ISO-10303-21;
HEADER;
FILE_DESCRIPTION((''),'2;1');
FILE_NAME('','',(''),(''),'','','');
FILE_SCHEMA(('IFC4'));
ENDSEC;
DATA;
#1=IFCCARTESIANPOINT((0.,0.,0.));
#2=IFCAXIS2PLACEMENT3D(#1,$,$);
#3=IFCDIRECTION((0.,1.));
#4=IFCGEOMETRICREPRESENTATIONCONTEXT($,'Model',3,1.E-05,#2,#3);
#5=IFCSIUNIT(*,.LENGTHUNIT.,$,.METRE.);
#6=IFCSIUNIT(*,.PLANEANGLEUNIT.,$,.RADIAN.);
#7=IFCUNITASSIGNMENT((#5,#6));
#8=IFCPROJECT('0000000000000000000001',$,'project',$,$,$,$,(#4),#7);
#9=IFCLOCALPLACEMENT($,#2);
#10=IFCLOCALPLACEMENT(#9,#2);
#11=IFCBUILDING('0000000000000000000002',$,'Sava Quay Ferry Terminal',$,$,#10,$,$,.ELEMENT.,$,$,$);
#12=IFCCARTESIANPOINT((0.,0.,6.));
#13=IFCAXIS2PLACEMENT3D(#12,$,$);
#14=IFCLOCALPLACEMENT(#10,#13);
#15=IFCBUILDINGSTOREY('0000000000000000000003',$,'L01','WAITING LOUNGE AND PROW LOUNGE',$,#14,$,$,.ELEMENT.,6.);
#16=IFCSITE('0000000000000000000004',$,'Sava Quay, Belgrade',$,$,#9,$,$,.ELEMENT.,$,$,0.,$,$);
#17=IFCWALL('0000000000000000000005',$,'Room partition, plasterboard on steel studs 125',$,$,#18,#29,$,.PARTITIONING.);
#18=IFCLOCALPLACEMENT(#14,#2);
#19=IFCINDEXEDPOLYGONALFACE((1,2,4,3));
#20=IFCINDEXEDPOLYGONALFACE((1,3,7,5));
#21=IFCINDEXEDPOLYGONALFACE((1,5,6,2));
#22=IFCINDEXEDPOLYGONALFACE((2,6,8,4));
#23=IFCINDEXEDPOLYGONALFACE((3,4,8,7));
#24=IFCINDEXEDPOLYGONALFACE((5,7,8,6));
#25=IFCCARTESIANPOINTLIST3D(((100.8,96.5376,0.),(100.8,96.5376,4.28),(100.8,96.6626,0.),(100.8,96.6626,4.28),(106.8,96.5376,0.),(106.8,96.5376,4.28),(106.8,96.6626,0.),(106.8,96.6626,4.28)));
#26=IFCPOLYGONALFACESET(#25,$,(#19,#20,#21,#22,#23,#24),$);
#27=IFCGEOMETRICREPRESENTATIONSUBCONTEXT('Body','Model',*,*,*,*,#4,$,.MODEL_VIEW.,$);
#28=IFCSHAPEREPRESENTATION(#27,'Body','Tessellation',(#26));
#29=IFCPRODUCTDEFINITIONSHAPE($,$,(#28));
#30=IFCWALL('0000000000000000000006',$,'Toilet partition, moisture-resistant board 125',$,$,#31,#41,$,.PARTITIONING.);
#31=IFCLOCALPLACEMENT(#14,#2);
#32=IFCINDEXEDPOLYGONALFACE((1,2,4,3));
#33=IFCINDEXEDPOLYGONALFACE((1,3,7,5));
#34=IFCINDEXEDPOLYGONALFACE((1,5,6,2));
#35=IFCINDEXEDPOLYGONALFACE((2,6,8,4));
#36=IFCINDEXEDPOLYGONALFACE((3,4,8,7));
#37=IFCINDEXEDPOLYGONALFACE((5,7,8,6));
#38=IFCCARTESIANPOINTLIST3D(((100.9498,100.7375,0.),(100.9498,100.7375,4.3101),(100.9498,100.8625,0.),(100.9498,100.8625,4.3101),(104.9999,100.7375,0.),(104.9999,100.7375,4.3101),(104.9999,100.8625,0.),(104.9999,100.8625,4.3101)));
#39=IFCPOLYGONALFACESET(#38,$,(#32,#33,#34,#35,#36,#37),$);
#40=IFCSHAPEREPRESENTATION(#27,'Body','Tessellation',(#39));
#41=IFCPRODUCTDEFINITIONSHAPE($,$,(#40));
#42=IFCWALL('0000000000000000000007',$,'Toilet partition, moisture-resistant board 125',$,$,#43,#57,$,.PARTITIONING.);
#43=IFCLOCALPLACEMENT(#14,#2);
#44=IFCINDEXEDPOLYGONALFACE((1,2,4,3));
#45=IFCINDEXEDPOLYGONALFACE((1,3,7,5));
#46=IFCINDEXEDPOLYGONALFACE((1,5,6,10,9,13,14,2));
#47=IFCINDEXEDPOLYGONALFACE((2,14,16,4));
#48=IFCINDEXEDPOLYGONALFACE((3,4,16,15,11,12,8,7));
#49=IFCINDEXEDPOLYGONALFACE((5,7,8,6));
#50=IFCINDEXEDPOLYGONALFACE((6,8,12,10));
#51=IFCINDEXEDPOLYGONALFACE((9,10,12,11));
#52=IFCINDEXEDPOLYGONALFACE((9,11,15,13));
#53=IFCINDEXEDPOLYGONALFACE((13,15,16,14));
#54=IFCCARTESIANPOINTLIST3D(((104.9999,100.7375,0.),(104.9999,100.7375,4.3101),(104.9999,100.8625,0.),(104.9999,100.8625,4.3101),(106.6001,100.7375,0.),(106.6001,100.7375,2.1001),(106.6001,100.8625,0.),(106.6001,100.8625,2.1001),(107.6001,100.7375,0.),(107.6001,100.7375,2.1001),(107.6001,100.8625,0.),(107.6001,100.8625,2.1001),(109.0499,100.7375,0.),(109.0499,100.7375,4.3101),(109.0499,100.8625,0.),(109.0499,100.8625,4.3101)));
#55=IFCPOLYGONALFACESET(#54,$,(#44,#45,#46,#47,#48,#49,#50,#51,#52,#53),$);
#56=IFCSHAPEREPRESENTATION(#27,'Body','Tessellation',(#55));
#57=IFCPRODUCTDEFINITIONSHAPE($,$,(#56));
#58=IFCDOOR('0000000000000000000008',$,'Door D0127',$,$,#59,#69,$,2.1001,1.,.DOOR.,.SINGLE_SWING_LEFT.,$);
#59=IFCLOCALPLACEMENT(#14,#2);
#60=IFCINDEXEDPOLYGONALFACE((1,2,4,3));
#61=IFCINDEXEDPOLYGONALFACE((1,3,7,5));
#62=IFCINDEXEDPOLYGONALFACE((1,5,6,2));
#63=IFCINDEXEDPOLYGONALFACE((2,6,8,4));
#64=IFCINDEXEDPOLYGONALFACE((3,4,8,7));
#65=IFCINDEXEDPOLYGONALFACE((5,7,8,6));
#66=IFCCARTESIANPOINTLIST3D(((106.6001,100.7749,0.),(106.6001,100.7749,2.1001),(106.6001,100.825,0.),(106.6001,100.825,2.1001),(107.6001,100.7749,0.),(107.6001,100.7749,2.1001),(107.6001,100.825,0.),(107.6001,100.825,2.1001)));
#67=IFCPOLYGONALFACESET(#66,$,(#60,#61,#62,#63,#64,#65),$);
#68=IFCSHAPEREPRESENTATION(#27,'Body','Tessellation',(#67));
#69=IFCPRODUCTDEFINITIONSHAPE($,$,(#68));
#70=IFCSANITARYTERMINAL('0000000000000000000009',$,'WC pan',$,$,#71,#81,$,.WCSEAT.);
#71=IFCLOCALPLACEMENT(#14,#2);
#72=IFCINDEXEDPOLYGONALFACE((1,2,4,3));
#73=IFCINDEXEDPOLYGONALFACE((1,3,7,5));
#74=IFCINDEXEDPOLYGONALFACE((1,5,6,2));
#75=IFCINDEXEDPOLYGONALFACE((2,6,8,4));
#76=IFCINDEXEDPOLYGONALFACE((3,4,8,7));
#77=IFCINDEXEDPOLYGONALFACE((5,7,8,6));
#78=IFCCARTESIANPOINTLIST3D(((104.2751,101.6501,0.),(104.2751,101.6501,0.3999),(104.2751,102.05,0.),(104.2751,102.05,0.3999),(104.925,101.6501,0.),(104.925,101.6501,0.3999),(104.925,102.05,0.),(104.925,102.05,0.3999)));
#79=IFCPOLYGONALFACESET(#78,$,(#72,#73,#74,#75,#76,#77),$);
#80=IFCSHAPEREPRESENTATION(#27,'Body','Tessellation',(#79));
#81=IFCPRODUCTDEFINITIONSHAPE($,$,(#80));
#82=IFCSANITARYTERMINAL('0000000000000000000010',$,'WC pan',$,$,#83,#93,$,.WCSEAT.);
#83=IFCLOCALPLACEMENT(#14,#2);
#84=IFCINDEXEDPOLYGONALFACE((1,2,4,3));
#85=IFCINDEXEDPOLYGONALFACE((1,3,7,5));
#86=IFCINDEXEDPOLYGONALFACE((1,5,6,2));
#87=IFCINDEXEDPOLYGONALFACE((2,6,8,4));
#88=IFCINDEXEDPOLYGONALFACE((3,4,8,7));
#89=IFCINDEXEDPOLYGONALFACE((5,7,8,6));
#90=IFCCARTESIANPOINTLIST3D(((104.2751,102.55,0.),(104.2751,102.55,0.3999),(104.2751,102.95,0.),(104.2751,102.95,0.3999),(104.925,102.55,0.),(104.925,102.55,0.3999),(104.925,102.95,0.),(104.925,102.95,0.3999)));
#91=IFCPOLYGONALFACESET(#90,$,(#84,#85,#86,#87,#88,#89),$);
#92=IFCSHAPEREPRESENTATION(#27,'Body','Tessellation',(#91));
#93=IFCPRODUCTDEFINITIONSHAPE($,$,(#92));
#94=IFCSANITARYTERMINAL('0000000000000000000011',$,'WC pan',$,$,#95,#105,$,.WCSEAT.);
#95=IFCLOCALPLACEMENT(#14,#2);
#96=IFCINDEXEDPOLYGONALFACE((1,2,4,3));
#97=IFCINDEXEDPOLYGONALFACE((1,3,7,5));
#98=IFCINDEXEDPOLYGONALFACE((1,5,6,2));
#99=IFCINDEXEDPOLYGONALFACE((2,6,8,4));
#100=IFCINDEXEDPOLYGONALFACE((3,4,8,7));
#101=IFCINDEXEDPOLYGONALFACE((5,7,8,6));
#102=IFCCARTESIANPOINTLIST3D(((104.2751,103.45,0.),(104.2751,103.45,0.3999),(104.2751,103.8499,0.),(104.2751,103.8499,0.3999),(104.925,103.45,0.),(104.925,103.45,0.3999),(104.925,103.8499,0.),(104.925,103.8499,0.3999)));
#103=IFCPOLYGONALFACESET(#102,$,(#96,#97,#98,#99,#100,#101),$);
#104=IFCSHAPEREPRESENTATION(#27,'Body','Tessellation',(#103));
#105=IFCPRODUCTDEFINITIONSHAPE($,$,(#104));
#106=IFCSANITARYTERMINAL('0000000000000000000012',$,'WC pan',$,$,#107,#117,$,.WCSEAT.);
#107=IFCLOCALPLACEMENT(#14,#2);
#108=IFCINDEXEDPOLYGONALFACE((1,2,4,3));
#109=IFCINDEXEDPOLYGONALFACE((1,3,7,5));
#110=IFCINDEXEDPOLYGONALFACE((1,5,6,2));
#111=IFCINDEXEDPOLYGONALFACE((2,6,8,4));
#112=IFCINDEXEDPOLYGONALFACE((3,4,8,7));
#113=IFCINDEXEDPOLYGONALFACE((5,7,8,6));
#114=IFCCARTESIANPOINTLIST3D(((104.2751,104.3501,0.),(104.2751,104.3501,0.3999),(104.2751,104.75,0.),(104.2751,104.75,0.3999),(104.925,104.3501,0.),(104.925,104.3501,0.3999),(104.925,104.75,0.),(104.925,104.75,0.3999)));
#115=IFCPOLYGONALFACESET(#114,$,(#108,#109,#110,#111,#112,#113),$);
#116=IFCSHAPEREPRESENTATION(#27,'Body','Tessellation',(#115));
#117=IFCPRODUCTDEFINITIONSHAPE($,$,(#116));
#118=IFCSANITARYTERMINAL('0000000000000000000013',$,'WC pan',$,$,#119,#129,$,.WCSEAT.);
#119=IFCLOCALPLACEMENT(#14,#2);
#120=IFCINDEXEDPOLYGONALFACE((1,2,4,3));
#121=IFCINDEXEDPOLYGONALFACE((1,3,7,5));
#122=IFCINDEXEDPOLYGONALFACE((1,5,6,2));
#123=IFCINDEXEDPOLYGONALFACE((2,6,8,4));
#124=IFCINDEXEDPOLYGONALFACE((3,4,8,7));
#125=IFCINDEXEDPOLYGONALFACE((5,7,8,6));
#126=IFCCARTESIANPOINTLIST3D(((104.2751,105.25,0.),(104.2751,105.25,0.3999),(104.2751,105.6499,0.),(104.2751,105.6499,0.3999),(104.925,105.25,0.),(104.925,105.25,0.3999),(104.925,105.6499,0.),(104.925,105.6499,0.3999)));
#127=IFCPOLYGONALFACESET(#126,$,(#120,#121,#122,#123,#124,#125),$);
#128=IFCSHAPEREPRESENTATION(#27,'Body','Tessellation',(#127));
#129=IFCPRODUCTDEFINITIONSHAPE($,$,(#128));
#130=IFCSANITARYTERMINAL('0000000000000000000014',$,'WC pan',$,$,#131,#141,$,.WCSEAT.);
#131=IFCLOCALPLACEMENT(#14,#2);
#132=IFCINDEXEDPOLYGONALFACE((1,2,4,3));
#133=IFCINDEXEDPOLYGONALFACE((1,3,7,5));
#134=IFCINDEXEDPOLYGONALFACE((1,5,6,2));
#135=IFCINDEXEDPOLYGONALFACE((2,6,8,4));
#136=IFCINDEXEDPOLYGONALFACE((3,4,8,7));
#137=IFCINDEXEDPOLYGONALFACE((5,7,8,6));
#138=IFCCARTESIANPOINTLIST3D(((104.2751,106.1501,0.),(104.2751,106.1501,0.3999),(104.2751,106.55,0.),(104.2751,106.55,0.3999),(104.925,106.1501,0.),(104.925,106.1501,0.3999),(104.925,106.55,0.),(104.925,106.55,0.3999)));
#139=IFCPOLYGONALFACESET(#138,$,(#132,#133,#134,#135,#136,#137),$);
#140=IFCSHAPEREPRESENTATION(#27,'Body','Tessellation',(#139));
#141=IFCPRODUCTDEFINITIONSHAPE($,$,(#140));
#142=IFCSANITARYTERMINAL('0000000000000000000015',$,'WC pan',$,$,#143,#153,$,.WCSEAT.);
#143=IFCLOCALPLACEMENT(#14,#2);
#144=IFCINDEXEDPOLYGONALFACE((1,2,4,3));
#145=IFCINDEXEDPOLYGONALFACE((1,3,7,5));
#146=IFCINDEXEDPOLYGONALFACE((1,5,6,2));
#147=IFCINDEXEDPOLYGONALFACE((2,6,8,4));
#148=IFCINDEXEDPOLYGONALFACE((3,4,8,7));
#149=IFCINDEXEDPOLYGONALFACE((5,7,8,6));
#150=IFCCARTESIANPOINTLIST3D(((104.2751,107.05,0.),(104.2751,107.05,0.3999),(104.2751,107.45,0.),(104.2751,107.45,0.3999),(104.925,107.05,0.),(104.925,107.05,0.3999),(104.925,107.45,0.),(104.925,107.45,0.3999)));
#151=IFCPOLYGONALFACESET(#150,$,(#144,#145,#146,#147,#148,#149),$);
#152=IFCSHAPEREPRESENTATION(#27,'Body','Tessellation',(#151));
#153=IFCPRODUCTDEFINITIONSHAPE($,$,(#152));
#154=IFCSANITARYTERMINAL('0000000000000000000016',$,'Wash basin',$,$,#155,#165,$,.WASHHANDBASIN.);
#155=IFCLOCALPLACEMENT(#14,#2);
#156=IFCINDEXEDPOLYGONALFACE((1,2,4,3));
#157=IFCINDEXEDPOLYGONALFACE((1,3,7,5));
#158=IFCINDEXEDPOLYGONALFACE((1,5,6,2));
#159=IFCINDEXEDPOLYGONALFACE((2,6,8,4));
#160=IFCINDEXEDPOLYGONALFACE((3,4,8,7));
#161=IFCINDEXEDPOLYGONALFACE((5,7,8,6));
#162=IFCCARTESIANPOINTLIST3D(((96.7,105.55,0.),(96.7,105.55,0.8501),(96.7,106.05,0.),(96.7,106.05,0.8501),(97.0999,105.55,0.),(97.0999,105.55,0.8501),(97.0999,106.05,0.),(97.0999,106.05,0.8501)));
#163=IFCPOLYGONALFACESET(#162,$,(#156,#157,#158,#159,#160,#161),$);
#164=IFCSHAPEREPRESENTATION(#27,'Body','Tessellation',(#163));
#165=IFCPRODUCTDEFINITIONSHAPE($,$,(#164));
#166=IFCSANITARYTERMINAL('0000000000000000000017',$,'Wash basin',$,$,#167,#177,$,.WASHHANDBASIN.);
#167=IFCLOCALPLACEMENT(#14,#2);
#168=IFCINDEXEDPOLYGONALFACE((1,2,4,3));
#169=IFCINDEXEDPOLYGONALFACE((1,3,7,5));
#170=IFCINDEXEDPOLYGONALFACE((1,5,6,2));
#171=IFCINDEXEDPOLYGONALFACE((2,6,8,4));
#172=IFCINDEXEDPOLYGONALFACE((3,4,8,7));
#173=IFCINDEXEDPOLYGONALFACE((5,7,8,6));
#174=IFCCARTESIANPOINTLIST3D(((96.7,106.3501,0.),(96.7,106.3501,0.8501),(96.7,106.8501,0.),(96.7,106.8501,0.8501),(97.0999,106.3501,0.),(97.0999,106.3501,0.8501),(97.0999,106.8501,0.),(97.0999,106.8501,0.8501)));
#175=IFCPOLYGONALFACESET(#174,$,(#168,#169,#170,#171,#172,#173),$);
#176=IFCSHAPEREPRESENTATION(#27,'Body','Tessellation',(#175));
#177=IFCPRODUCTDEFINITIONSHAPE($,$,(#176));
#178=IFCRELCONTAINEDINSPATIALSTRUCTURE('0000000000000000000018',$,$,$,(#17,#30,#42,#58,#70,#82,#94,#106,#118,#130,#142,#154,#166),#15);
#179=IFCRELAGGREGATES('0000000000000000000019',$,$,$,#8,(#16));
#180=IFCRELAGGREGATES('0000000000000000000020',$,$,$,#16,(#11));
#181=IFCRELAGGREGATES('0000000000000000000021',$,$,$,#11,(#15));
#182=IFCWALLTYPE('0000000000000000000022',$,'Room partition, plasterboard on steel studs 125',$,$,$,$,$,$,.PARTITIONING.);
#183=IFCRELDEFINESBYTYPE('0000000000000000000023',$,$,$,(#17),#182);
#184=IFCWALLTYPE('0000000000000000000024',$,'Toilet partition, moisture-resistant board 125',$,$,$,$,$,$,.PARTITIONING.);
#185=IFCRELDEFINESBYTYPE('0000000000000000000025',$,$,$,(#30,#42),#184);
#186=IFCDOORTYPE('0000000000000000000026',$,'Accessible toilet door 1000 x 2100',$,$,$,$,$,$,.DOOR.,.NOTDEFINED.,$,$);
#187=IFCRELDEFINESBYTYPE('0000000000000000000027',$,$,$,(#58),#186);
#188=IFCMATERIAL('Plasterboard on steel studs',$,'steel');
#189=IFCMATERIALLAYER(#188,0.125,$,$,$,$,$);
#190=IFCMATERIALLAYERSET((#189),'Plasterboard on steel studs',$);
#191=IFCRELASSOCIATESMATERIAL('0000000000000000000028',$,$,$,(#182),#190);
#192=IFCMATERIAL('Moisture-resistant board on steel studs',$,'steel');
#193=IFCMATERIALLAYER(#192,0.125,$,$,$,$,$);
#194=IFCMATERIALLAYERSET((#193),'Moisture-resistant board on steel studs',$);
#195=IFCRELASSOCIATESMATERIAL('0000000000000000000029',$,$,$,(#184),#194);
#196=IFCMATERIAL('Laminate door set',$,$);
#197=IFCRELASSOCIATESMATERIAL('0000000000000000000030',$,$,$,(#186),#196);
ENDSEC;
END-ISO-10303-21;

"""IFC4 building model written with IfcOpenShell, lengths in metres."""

from ifc_helpers import new_model, si_unit, direction, frame, frame_2d, origin, origin_2d, place, context, subcontext, project, spatial, rectangle, extrude, material, layer, layer_set, type_object, element, fill, save


model = new_model("IFC4")

# Units and contexts
model_context = context("Model", 3, precision=1e-05, world=origin(), true_north=direction((0.0, 1.0)))
body_context = subcontext(model_context, "Body", "Model", "MODEL_VIEW")
ifc_project = project(units=[si_unit("LENGTHUNIT", "METRE"), si_unit("PLANEANGLEUNIT", "RADIAN")], contexts=[model_context])

# Site, building, storey
site_placement = place(None, origin())
site = spatial("IfcSite", under=ifc_project, at=site_placement, Name="Sava Quay, Belgrade", CompositionType="ELEMENT", RefElevation=0.0)
building_placement = place(site_placement, origin())
building = spatial("IfcBuilding", under=site, at=building_placement, Name="Sava Quay Ferry Terminal", CompositionType="ELEMENT")
storey_placement = place(building_placement, frame((0.0, 0.0, 6.0)))
storey = spatial("IfcBuildingStorey", under=building, at=storey_placement, Name="L01", Description="WAITING LOUNGE AND PROW LOUNGE", CompositionType="ELEMENT", Elevation=6.0)

# Walls
ifc_material_1 = material(Name="Plasterboard on steel studs", Category="steel")
ifc_layer_1 = layer(ifc_material_1, 0.125)
ifc_layer_set_1 = layer_set([ifc_layer_1], Name="Plasterboard on steel studs")
wall_type_1 = type_object("IfcWallType", Name="Room partition, plasterboard on steel studs 125", PredefinedType="PARTITIONING", material=ifc_layer_set_1)
wall_1_placement = place(storey_placement, frame((100.8, 96.6001, 0.0), z_axis=(0.0, 0.0, 1.0), x_axis=(1.0, 0.0, 0.0)))
element("IfcWall", 1, at=wall_1_placement, inside=storey, type_object=wall_type_1, Name="Room partition, plasterboard on steel studs 125", PredefinedType="PARTITIONING", context=body_context, shape_type="SweptSolid", body=[
    extrude(rectangle(XDim=6.0, YDim=0.125, at=frame_2d((3.0, 0.0))), origin(), (0.0, 0.0, 1.0), 4.28),
])
ifc_material_2 = material(Name="Moisture-resistant board on steel studs", Category="steel")
ifc_layer_2 = layer(ifc_material_2, 0.125)
ifc_layer_set_2 = layer_set([ifc_layer_2], Name="Moisture-resistant board on steel studs")
wall_type_2 = type_object("IfcWallType", Name="Toilet partition, moisture-resistant board 125", PredefinedType="PARTITIONING", material=ifc_layer_set_2)
wall_2_placement = place(storey_placement, frame((100.95, 100.8, 0.0), z_axis=(0.0, 0.0, 1.0), x_axis=(1.0, 0.0, 0.0)))
element("IfcWall", 2, at=wall_2_placement, inside=storey, type_object=wall_type_2, Name="Toilet partition, moisture-resistant board 125", PredefinedType="PARTITIONING", context=body_context, shape_type="SweptSolid", body=[
    extrude(rectangle(XDim=4.05, YDim=0.125, at=frame_2d((2.0249, 0.0))), origin(), (0.0, 0.0, 1.0), 4.3101),
])

# Wall, opening, door
wall_3_placement = place(storey_placement, frame((105.0, 100.8, 0.0), z_axis=(0.0, 0.0, 1.0), x_axis=(1.0, 0.0, 0.0)))
wall_3 = element("IfcWall", 3, at=wall_3_placement, inside=storey, type_object=wall_type_2, Name="Toilet partition, moisture-resistant board 125", PredefinedType="PARTITIONING", context=body_context, shape_type="SweptSolid", body=[
    extrude(rectangle(XDim=4.05, YDim=0.125, at=frame_2d((2.0249, 0.0))), origin(), (0.0, 0.0, 1.0), 4.3101),
])
opening_1_placement = place(wall_3_placement, frame((1.6001, 0.0, 0.0)))
opening_1 = element("IfcOpeningElement", 4, at=opening_1_placement, cuts=wall_3, PredefinedType="OPENING", context=body_context, shape_type="SweptSolid", body=[
    extrude(rectangle(XDim=1.0, YDim=2.1001, at=frame_2d((0.5, 1.05))), frame((0.0, 0.0625, 0.0), z_axis=(0.0, -1.0, 0.0), x_axis=(1.0, 0.0, 0.0)), (0.0, 0.0, 1.0), 0.125),
])
ifc_material_3 = material(Name="Laminate door set")
door_type_1 = type_object("IfcDoorType", Name="Accessible toilet door 1000 x 2100", OperationType="NOTDEFINED", PredefinedType="DOOR", material=ifc_material_3)
door_1_placement = place(opening_1_placement, origin())
door_1 = element("IfcDoor", 5, at=door_1_placement, inside=storey, type_object=door_type_1, Name="Door D0127", OperationType="SINGLE_SWING_LEFT", OverallHeight=2.1001, OverallWidth=1.0, PredefinedType="DOOR", context=body_context, shape_type="SweptSolid", body=[
    extrude(rectangle(XDim=1.0, YDim=2.1001, at=frame_2d((0.5, 1.05))), frame((0.0, 0.0249, 0.0), z_axis=(0.0, -1.0, 0.0), x_axis=(1.0, 0.0, 0.0)), (0.0, 0.0, 1.0), 0.05),
])
fill(opening_1, door_1)

# Sanitary terminals
for number, where, z_axis, x_axis, name in (
    (6, (104.6001, 101.8501, 0.0), (0.0, 0.0, 1.0), (1.0, 0.0, 0.0), "WC pan"),
    (7, (104.6001, 102.75, 0.0), (0.0, 0.0, 1.0), (1.0, 0.0, 0.0), "WC pan"),
    (8, (104.6001, 103.6499, 0.0), (0.0, 0.0, 1.0), (1.0, 0.0, 0.0), "WC pan"),
    (9, (104.6001, 104.55, 0.0), (0.0, 0.0, 1.0), (1.0, 0.0, 0.0), "WC pan"),
    (10, (104.6001, 105.45, 0.0), (0.0, 0.0, 1.0), (1.0, 0.0, 0.0), "WC pan"),
    (11, (104.6001, 106.3501, 0.0), (0.0, 0.0, 1.0), (1.0, 0.0, 0.0), "WC pan"),
    (12, (104.6001, 107.25, 0.0), (0.0, 0.0, 1.0), (1.0, 0.0, 0.0), "WC pan"),
):
    element("IfcSanitaryTerminal", number, at=place(storey_placement, frame(where, z_axis=z_axis, x_axis=x_axis)), inside=storey, Name=name, PredefinedType="WCSEAT", context=body_context, shape_type="SweptSolid", body=[
        extrude(rectangle(XDim=0.6499, YDim=0.3999, at=origin_2d()), origin(), (0.0, 0.0, 1.0), 0.3999),
    ])
for number, where, z_axis, x_axis, name in (
    (13, (96.8999, 105.8, 0.0), (0.0, 0.0, 1.0), (1.0, 0.0, 0.0), "Wash basin"),
    (14, (96.8999, 106.6001, 0.0), (0.0, 0.0, 1.0), (1.0, 0.0, 0.0), "Wash basin"),
):
    element("IfcSanitaryTerminal", number, at=place(storey_placement, frame(where, z_axis=z_axis, x_axis=x_axis)), inside=storey, Name=name, PredefinedType="WASHHANDBASIN", context=body_context, shape_type="SweptSolid", body=[
        extrude(rectangle(XDim=0.3999, YDim=0.5, at=origin_2d()), origin(), (0.0, 0.0, 1.0), 0.8501),
    ])

save(model, "model.ifc")
